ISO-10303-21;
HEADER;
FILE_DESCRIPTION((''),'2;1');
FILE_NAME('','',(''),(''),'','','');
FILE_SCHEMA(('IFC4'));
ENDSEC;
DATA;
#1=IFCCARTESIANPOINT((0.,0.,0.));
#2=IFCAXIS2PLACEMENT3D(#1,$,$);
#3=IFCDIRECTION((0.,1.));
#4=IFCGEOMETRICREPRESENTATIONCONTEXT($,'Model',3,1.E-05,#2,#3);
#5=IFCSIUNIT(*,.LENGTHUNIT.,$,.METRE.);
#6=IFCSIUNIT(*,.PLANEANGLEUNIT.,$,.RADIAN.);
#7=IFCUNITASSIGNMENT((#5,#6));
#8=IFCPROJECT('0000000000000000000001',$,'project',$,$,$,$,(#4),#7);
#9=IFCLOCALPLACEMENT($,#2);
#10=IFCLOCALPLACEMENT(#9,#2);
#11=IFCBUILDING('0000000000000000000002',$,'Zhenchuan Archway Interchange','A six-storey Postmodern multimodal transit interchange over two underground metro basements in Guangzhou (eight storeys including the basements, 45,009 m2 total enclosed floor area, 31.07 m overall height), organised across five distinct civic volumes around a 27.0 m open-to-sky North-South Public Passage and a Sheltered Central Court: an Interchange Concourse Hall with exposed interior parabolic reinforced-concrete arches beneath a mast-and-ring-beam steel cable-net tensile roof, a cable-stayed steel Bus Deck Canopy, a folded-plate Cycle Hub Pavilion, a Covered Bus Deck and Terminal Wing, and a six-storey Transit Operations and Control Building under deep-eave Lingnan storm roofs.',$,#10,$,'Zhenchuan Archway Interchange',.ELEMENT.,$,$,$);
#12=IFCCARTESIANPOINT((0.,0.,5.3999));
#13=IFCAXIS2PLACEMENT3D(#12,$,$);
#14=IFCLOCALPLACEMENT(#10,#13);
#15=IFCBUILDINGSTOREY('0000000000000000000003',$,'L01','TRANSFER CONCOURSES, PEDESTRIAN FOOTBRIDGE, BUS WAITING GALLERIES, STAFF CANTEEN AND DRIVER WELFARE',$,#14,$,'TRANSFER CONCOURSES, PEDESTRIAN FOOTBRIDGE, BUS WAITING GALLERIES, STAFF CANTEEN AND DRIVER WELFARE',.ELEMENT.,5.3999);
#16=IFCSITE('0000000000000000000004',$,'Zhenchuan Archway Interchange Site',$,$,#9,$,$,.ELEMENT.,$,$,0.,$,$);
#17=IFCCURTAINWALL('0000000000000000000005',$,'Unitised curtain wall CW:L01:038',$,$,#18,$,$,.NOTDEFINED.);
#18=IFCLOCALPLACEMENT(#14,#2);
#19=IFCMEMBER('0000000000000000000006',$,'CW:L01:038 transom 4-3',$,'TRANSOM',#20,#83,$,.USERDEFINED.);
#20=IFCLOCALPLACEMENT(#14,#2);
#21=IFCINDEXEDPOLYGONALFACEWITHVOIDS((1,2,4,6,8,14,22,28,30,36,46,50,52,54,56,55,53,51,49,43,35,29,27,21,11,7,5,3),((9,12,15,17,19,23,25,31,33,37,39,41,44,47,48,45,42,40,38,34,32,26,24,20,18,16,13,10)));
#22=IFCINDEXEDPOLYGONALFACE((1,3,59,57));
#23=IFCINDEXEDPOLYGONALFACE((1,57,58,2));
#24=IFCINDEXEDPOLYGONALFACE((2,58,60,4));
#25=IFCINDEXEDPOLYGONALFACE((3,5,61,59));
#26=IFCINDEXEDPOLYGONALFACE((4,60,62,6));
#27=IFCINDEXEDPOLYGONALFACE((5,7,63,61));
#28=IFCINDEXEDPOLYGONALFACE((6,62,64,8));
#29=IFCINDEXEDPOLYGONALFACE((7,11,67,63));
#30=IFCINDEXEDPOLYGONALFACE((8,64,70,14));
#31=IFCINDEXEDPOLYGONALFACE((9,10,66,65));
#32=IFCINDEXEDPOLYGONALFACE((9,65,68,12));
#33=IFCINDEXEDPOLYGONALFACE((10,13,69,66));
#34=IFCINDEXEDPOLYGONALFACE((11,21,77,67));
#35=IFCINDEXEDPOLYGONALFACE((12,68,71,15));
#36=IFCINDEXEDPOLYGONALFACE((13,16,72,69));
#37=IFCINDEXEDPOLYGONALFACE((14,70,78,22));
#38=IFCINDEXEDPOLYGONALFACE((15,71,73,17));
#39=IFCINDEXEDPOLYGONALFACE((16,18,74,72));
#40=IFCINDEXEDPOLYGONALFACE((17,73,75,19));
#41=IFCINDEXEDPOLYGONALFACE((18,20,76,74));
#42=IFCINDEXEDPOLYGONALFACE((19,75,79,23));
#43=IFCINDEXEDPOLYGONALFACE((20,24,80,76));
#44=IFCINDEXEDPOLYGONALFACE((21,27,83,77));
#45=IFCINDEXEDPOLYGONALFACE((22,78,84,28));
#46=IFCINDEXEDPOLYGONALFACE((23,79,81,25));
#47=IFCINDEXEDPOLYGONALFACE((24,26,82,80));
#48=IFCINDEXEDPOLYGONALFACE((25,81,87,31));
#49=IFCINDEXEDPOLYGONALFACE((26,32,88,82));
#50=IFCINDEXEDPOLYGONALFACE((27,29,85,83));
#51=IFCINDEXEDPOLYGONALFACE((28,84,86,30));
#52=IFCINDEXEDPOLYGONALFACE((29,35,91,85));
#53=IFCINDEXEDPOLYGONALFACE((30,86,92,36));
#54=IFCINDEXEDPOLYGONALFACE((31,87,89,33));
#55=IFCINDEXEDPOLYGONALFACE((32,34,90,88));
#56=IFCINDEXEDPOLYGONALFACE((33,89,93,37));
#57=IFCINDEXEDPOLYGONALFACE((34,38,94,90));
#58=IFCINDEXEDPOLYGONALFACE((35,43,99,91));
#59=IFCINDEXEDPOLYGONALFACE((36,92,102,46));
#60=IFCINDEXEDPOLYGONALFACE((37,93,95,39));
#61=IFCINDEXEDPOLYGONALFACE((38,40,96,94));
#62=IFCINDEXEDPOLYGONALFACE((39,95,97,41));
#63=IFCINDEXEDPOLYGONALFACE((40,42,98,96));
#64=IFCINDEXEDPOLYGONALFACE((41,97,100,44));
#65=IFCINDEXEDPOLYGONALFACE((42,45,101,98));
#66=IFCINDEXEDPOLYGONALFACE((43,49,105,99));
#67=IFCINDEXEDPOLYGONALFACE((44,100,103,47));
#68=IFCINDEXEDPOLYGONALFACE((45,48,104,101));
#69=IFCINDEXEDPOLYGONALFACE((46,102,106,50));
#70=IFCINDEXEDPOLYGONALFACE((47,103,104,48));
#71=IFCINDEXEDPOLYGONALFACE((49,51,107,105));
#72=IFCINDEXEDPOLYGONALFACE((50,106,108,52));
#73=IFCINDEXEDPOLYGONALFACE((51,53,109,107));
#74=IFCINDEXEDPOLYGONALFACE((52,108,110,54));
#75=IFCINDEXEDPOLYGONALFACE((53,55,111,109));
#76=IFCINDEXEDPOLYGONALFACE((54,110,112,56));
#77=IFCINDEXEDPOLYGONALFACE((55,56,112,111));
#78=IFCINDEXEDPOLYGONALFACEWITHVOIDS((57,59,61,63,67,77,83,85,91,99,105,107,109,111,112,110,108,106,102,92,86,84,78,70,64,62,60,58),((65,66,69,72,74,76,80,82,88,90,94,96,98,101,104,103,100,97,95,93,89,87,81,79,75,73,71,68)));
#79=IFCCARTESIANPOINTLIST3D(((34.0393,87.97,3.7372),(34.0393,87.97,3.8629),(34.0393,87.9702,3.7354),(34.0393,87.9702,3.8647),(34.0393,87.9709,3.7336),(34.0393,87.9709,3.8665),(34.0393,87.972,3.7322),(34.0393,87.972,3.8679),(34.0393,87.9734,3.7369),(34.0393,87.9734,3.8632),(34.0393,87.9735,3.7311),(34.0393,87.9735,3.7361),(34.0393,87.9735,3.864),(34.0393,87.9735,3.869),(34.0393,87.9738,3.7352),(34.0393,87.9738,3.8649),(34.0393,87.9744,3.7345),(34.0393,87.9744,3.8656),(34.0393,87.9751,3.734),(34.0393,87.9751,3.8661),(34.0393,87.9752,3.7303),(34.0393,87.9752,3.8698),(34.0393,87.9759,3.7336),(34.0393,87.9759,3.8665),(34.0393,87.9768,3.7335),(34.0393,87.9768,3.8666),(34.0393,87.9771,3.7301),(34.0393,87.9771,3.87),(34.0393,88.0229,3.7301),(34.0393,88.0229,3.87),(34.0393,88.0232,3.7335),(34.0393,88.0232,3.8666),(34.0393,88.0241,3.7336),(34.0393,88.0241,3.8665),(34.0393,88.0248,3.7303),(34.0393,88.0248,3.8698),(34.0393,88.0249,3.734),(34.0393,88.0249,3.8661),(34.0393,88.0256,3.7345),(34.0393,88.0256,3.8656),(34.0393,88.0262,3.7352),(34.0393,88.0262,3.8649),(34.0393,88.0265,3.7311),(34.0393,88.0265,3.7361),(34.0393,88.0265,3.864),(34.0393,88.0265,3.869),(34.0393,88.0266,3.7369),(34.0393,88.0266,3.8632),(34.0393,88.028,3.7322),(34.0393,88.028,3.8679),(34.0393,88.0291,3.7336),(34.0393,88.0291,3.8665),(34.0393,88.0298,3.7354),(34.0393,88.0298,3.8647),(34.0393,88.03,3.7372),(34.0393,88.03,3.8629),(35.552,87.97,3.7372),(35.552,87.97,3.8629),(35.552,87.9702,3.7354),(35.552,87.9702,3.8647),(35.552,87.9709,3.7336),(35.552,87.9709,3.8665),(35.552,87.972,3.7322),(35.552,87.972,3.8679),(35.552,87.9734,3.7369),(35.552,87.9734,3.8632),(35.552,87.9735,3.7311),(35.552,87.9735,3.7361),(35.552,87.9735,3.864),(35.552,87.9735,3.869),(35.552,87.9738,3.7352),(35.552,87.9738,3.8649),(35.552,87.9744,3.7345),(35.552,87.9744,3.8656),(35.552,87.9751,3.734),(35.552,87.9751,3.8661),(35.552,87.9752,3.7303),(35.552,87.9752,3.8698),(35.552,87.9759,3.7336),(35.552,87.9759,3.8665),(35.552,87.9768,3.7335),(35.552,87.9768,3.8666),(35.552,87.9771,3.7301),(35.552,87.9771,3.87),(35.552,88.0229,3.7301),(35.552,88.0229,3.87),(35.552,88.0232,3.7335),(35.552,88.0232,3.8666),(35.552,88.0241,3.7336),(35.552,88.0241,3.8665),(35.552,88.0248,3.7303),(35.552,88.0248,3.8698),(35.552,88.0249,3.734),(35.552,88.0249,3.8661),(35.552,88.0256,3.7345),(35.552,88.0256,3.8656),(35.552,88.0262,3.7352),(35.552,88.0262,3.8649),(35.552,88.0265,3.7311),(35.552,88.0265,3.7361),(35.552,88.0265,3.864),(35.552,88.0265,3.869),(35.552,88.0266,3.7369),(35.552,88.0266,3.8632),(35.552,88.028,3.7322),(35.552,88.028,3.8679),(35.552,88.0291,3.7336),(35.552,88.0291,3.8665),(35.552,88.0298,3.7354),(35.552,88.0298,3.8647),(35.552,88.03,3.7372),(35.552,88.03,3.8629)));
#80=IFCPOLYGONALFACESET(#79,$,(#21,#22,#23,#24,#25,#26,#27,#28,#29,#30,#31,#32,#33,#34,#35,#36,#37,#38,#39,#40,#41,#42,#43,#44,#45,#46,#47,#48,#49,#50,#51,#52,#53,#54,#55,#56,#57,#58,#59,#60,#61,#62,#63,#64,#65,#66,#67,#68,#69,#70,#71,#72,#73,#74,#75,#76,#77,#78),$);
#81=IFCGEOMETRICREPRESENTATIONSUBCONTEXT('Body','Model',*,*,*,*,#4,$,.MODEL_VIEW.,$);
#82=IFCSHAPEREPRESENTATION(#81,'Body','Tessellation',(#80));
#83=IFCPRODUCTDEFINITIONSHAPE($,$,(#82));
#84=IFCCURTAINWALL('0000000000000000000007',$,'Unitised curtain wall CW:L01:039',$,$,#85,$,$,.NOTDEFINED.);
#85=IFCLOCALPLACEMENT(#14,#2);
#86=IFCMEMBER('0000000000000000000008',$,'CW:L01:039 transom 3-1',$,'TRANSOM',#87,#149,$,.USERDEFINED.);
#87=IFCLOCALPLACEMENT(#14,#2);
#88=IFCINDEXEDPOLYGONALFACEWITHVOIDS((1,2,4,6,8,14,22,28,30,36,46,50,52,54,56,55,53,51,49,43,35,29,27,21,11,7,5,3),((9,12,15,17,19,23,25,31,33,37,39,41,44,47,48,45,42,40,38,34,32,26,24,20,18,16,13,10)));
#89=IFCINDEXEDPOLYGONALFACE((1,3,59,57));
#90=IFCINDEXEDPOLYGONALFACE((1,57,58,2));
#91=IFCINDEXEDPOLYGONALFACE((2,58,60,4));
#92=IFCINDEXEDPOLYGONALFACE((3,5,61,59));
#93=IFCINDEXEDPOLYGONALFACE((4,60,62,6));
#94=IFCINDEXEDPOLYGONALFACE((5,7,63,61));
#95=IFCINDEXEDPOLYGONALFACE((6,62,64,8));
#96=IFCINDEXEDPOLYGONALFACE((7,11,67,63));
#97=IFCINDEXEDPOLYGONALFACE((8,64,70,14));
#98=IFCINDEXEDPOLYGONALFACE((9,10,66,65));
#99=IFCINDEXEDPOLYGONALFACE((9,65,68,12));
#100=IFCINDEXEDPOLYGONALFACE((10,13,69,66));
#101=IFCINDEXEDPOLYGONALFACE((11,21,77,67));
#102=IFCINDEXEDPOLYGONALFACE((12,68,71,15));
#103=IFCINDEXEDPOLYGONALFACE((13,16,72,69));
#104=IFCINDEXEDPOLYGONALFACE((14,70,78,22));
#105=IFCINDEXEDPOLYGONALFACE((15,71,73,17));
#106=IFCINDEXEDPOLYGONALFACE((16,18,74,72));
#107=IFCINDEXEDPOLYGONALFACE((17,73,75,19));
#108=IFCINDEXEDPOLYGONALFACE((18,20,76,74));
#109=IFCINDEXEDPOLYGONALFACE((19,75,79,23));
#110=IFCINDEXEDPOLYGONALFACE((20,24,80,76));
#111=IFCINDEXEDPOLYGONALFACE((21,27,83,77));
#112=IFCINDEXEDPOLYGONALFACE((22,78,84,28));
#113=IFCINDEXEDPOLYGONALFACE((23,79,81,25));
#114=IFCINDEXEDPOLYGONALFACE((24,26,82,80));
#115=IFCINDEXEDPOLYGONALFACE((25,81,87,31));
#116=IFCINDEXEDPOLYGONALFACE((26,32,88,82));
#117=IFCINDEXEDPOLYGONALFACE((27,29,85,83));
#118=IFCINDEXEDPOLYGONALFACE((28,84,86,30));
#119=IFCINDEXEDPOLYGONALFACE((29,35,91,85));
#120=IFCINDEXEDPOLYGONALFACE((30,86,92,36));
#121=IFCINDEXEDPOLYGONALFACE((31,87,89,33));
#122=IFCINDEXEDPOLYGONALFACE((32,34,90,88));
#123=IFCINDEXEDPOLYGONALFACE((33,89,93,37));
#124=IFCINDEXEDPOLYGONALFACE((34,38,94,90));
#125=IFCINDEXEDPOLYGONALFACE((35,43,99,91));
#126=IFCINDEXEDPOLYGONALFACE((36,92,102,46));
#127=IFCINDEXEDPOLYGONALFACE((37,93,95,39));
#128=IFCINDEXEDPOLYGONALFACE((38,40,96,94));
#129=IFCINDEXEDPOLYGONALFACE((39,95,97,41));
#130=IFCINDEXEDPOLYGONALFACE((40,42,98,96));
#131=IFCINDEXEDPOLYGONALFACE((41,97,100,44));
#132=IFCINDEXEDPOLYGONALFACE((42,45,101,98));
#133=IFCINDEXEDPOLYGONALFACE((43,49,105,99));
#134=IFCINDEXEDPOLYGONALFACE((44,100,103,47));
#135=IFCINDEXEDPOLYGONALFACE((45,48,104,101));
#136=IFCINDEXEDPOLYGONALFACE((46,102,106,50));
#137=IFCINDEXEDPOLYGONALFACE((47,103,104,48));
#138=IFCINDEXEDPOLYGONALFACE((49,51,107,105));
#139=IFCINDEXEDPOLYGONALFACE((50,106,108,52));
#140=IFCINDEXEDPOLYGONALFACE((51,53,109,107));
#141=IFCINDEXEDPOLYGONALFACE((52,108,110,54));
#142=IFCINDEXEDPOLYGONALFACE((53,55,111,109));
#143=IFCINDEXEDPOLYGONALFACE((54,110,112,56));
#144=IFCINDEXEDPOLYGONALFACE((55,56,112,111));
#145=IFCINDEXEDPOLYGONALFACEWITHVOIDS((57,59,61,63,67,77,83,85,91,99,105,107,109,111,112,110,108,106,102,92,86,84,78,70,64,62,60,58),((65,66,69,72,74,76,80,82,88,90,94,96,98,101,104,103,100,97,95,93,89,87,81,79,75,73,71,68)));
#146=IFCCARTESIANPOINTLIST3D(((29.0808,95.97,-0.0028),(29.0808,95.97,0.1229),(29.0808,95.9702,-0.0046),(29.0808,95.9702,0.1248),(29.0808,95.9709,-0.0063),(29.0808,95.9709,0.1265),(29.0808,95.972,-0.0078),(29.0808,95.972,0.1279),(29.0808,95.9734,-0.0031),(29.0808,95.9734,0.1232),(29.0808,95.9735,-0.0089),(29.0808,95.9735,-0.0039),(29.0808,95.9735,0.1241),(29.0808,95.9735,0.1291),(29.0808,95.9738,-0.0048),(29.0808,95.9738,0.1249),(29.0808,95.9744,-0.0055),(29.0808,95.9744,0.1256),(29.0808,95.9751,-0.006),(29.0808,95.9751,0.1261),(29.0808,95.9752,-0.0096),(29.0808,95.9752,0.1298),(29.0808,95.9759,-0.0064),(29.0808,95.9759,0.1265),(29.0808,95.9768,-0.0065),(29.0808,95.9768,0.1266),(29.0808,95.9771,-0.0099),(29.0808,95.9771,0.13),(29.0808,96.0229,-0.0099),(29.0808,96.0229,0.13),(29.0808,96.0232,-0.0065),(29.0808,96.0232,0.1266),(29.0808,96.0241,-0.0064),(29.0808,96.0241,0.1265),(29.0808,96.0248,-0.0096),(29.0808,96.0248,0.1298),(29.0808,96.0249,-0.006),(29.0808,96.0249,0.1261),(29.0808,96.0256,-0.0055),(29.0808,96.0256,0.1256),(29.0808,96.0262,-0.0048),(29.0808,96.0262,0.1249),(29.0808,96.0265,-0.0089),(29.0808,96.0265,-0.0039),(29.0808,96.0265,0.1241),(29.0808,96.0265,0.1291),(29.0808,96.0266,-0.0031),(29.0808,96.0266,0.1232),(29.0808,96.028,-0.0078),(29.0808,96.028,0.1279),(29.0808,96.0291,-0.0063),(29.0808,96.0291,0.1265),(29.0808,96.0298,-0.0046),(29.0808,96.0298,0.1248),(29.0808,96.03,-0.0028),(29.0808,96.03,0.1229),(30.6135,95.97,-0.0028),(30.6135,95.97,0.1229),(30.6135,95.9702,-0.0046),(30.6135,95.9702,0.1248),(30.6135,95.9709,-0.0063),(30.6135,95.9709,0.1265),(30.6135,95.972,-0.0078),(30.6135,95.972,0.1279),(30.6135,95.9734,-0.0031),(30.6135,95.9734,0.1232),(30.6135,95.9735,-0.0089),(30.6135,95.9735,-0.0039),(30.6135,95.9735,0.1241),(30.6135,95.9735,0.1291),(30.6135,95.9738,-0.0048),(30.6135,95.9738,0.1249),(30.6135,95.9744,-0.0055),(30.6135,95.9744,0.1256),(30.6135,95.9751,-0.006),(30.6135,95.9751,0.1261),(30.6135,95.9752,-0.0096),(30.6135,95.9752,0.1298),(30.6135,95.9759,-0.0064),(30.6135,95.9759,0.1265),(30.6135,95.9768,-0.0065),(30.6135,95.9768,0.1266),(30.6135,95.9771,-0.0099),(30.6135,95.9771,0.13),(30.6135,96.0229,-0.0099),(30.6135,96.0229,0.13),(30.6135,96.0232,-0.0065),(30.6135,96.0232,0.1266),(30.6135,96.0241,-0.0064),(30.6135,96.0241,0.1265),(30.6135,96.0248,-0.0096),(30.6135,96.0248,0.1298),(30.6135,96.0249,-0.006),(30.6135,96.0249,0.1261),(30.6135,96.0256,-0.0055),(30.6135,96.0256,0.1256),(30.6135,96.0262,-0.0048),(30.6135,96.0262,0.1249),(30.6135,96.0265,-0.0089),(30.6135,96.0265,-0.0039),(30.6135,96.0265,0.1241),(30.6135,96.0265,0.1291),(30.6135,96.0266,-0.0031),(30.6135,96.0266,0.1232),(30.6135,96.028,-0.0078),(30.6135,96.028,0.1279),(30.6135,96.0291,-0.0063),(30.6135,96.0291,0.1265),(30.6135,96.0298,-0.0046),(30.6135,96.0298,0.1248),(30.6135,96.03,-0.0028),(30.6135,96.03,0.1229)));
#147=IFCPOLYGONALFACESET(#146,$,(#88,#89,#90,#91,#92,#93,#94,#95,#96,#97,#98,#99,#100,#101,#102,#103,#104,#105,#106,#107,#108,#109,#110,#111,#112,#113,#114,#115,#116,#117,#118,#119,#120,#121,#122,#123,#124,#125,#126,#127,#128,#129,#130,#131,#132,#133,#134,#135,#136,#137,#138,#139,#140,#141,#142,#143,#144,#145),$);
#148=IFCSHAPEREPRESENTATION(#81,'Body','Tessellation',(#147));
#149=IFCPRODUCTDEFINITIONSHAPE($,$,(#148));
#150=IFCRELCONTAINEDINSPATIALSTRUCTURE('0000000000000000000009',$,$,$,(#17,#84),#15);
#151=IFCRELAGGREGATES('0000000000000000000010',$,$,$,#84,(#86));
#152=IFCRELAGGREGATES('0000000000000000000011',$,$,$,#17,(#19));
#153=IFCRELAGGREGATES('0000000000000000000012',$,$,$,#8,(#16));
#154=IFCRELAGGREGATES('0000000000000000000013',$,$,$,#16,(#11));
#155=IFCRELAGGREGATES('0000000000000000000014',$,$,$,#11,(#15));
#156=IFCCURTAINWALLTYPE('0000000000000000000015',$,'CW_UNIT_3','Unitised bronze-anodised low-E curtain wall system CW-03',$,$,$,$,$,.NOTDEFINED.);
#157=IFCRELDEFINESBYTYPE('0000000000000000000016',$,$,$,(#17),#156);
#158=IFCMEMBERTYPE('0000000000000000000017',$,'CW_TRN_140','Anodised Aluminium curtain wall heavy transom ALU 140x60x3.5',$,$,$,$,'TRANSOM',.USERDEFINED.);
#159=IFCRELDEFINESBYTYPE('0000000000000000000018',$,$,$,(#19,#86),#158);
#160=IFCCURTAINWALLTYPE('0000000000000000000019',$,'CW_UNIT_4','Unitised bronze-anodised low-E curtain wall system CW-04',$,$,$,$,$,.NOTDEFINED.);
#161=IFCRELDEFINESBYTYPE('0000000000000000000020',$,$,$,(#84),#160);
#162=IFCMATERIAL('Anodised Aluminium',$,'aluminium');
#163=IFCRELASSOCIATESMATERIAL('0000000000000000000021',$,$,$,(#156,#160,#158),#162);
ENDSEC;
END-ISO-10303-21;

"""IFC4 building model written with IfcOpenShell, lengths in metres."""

from ifc_helpers import new_model, si_unit, direction, frame, origin, origin_2d, place, context, subcontext, project, spatial, hollow_rectangle, extrude, material, material_profile, profile_set, type_object, element, aggregate, save


model = new_model("IFC4")

# Units and contexts
model_context = context("Model", 3, precision=1e-05, world=origin(), true_north=direction((0.0, 1.0)))
body_context = subcontext(model_context, "Body", "Model", "MODEL_VIEW")
ifc_project = project(units=[si_unit("LENGTHUNIT", "METRE"), si_unit("PLANEANGLEUNIT", "RADIAN")], contexts=[model_context])

# Site, building, storey
site_placement = place(None, origin())
site = spatial("IfcSite", under=ifc_project, at=site_placement, Name="Zhenchuan Archway Interchange Site", CompositionType="ELEMENT", RefElevation=0.0)
building_placement = place(site_placement, origin())
building = spatial("IfcBuilding", under=site, at=building_placement, Name="Zhenchuan Archway Interchange", Description="A six-storey Postmodern multimodal transit interchange over two underground metro basements in Guangzhou (eight storeys including the basements, 45,009 m2 total enclosed floor area, 31.07 m overall height), organised across five distinct civic volumes around a 27.0 m open-to-sky North-South Public Passage and a Sheltered Central Court: an Interchange Concourse Hall with exposed interior parabolic reinforced-concrete arches beneath a mast-and-ring-beam steel cable-net tensile roof, a cable-stayed steel Bus Deck Canopy, a folded-plate Cycle Hub Pavilion, a Covered Bus Deck and Terminal Wing, and a six-storey Transit Operations and Control Building under deep-eave Lingnan storm roofs.", LongName="Zhenchuan Archway Interchange", CompositionType="ELEMENT")
storey_placement = place(building_placement, frame((0.0, 0.0, 5.3999)))
storey = spatial("IfcBuildingStorey", under=building, at=storey_placement, Name="L01", Description="TRANSFER CONCOURSES, PEDESTRIAN FOOTBRIDGE, BUS WAITING GALLERIES, STAFF CANTEEN AND DRIVER WELFARE", LongName="TRANSFER CONCOURSES, PEDESTRIAN FOOTBRIDGE, BUS WAITING GALLERIES, STAFF CANTEEN AND DRIVER WELFARE", CompositionType="ELEMENT", Elevation=5.3999)

# Curtain walls, members
ifc_material_1 = material(Name="Anodised Aluminium", Category="aluminium")
curtain_wall_type_1 = type_object("IfcCurtainWallType", Name="CW_UNIT_3", Description="Unitised bronze-anodised low-E curtain wall system CW-03", PredefinedType="NOTDEFINED", material=ifc_material_1)
curtain_wall_1_placement = place(storey_placement, origin())
curtain_wall_1 = element("IfcCurtainWall", 1, at=curtain_wall_1_placement, inside=storey, type_object=curtain_wall_type_1, Name="Unitised curtain wall CW:L01:038", PredefinedType="NOTDEFINED")
ifc_material_profile_1 = material_profile(ifc_material_1, hollow_rectangle(XDim=0.0601, YDim=0.1399, WallThickness=0.0034, InnerFilletRadius=0.0034, OuterFilletRadius=0.0071, at=origin_2d()), Name="ALU 140x60x3.5")
ifc_profile_set_1 = profile_set([ifc_material_profile_1], Name="Anodised Aluminium")
member_type_1 = type_object("IfcMemberType", Name="CW_TRN_140", Description="Anodised Aluminium curtain wall heavy transom ALU 140x60x3.5", ElementType="TRANSOM", PredefinedType="USERDEFINED", material=ifc_profile_set_1)
member_1_placement = place(storey_placement, frame((34.0393, 88.0, 3.8), z_axis=(1.0, 0.0, 0.0), x_axis=(0.0, 1.0, 0.0)))
member_1 = element("IfcMember", 2, at=member_1_placement, type_object=member_type_1, Name="CW:L01:038 transom 4-3", ObjectType="TRANSOM", PredefinedType="USERDEFINED", context=body_context, shape_type="SweptSolid", body=[
    extrude(hollow_rectangle(XDim=0.0601, YDim=0.1399, WallThickness=0.0034, InnerFilletRadius=0.0034, OuterFilletRadius=0.0071, at=origin_2d()), origin(), (0.0, 0.0, 1.0), 1.5127),
])
curtain_wall_type_2 = type_object("IfcCurtainWallType", Name="CW_UNIT_4", Description="Unitised bronze-anodised low-E curtain wall system CW-04", PredefinedType="NOTDEFINED", material=ifc_material_1)
curtain_wall_2_placement = place(storey_placement, origin())
curtain_wall_2 = element("IfcCurtainWall", 3, at=curtain_wall_2_placement, inside=storey, type_object=curtain_wall_type_2, Name="Unitised curtain wall CW:L01:039", PredefinedType="NOTDEFINED")
member_2_placement = place(storey_placement, frame((30.6135, 96.0, 0.0601), z_axis=(-1.0, 0.0, 0.0), x_axis=(0.0, -1.0, 0.0)))
member_2 = element("IfcMember", 4, at=member_2_placement, type_object=member_type_1, Name="CW:L01:039 transom 3-1", ObjectType="TRANSOM", PredefinedType="USERDEFINED", context=body_context, shape_type="SweptSolid", body=[
    extrude(hollow_rectangle(XDim=0.0601, YDim=0.1399, WallThickness=0.0034, InnerFilletRadius=0.0034, OuterFilletRadius=0.0071, at=origin_2d()), origin(), (0.0, 0.0, 1.0), 1.5327),
])
aggregate(curtain_wall_2, [member_2])

aggregate(curtain_wall_1, [member_1])

save(model, "model.ifc")
